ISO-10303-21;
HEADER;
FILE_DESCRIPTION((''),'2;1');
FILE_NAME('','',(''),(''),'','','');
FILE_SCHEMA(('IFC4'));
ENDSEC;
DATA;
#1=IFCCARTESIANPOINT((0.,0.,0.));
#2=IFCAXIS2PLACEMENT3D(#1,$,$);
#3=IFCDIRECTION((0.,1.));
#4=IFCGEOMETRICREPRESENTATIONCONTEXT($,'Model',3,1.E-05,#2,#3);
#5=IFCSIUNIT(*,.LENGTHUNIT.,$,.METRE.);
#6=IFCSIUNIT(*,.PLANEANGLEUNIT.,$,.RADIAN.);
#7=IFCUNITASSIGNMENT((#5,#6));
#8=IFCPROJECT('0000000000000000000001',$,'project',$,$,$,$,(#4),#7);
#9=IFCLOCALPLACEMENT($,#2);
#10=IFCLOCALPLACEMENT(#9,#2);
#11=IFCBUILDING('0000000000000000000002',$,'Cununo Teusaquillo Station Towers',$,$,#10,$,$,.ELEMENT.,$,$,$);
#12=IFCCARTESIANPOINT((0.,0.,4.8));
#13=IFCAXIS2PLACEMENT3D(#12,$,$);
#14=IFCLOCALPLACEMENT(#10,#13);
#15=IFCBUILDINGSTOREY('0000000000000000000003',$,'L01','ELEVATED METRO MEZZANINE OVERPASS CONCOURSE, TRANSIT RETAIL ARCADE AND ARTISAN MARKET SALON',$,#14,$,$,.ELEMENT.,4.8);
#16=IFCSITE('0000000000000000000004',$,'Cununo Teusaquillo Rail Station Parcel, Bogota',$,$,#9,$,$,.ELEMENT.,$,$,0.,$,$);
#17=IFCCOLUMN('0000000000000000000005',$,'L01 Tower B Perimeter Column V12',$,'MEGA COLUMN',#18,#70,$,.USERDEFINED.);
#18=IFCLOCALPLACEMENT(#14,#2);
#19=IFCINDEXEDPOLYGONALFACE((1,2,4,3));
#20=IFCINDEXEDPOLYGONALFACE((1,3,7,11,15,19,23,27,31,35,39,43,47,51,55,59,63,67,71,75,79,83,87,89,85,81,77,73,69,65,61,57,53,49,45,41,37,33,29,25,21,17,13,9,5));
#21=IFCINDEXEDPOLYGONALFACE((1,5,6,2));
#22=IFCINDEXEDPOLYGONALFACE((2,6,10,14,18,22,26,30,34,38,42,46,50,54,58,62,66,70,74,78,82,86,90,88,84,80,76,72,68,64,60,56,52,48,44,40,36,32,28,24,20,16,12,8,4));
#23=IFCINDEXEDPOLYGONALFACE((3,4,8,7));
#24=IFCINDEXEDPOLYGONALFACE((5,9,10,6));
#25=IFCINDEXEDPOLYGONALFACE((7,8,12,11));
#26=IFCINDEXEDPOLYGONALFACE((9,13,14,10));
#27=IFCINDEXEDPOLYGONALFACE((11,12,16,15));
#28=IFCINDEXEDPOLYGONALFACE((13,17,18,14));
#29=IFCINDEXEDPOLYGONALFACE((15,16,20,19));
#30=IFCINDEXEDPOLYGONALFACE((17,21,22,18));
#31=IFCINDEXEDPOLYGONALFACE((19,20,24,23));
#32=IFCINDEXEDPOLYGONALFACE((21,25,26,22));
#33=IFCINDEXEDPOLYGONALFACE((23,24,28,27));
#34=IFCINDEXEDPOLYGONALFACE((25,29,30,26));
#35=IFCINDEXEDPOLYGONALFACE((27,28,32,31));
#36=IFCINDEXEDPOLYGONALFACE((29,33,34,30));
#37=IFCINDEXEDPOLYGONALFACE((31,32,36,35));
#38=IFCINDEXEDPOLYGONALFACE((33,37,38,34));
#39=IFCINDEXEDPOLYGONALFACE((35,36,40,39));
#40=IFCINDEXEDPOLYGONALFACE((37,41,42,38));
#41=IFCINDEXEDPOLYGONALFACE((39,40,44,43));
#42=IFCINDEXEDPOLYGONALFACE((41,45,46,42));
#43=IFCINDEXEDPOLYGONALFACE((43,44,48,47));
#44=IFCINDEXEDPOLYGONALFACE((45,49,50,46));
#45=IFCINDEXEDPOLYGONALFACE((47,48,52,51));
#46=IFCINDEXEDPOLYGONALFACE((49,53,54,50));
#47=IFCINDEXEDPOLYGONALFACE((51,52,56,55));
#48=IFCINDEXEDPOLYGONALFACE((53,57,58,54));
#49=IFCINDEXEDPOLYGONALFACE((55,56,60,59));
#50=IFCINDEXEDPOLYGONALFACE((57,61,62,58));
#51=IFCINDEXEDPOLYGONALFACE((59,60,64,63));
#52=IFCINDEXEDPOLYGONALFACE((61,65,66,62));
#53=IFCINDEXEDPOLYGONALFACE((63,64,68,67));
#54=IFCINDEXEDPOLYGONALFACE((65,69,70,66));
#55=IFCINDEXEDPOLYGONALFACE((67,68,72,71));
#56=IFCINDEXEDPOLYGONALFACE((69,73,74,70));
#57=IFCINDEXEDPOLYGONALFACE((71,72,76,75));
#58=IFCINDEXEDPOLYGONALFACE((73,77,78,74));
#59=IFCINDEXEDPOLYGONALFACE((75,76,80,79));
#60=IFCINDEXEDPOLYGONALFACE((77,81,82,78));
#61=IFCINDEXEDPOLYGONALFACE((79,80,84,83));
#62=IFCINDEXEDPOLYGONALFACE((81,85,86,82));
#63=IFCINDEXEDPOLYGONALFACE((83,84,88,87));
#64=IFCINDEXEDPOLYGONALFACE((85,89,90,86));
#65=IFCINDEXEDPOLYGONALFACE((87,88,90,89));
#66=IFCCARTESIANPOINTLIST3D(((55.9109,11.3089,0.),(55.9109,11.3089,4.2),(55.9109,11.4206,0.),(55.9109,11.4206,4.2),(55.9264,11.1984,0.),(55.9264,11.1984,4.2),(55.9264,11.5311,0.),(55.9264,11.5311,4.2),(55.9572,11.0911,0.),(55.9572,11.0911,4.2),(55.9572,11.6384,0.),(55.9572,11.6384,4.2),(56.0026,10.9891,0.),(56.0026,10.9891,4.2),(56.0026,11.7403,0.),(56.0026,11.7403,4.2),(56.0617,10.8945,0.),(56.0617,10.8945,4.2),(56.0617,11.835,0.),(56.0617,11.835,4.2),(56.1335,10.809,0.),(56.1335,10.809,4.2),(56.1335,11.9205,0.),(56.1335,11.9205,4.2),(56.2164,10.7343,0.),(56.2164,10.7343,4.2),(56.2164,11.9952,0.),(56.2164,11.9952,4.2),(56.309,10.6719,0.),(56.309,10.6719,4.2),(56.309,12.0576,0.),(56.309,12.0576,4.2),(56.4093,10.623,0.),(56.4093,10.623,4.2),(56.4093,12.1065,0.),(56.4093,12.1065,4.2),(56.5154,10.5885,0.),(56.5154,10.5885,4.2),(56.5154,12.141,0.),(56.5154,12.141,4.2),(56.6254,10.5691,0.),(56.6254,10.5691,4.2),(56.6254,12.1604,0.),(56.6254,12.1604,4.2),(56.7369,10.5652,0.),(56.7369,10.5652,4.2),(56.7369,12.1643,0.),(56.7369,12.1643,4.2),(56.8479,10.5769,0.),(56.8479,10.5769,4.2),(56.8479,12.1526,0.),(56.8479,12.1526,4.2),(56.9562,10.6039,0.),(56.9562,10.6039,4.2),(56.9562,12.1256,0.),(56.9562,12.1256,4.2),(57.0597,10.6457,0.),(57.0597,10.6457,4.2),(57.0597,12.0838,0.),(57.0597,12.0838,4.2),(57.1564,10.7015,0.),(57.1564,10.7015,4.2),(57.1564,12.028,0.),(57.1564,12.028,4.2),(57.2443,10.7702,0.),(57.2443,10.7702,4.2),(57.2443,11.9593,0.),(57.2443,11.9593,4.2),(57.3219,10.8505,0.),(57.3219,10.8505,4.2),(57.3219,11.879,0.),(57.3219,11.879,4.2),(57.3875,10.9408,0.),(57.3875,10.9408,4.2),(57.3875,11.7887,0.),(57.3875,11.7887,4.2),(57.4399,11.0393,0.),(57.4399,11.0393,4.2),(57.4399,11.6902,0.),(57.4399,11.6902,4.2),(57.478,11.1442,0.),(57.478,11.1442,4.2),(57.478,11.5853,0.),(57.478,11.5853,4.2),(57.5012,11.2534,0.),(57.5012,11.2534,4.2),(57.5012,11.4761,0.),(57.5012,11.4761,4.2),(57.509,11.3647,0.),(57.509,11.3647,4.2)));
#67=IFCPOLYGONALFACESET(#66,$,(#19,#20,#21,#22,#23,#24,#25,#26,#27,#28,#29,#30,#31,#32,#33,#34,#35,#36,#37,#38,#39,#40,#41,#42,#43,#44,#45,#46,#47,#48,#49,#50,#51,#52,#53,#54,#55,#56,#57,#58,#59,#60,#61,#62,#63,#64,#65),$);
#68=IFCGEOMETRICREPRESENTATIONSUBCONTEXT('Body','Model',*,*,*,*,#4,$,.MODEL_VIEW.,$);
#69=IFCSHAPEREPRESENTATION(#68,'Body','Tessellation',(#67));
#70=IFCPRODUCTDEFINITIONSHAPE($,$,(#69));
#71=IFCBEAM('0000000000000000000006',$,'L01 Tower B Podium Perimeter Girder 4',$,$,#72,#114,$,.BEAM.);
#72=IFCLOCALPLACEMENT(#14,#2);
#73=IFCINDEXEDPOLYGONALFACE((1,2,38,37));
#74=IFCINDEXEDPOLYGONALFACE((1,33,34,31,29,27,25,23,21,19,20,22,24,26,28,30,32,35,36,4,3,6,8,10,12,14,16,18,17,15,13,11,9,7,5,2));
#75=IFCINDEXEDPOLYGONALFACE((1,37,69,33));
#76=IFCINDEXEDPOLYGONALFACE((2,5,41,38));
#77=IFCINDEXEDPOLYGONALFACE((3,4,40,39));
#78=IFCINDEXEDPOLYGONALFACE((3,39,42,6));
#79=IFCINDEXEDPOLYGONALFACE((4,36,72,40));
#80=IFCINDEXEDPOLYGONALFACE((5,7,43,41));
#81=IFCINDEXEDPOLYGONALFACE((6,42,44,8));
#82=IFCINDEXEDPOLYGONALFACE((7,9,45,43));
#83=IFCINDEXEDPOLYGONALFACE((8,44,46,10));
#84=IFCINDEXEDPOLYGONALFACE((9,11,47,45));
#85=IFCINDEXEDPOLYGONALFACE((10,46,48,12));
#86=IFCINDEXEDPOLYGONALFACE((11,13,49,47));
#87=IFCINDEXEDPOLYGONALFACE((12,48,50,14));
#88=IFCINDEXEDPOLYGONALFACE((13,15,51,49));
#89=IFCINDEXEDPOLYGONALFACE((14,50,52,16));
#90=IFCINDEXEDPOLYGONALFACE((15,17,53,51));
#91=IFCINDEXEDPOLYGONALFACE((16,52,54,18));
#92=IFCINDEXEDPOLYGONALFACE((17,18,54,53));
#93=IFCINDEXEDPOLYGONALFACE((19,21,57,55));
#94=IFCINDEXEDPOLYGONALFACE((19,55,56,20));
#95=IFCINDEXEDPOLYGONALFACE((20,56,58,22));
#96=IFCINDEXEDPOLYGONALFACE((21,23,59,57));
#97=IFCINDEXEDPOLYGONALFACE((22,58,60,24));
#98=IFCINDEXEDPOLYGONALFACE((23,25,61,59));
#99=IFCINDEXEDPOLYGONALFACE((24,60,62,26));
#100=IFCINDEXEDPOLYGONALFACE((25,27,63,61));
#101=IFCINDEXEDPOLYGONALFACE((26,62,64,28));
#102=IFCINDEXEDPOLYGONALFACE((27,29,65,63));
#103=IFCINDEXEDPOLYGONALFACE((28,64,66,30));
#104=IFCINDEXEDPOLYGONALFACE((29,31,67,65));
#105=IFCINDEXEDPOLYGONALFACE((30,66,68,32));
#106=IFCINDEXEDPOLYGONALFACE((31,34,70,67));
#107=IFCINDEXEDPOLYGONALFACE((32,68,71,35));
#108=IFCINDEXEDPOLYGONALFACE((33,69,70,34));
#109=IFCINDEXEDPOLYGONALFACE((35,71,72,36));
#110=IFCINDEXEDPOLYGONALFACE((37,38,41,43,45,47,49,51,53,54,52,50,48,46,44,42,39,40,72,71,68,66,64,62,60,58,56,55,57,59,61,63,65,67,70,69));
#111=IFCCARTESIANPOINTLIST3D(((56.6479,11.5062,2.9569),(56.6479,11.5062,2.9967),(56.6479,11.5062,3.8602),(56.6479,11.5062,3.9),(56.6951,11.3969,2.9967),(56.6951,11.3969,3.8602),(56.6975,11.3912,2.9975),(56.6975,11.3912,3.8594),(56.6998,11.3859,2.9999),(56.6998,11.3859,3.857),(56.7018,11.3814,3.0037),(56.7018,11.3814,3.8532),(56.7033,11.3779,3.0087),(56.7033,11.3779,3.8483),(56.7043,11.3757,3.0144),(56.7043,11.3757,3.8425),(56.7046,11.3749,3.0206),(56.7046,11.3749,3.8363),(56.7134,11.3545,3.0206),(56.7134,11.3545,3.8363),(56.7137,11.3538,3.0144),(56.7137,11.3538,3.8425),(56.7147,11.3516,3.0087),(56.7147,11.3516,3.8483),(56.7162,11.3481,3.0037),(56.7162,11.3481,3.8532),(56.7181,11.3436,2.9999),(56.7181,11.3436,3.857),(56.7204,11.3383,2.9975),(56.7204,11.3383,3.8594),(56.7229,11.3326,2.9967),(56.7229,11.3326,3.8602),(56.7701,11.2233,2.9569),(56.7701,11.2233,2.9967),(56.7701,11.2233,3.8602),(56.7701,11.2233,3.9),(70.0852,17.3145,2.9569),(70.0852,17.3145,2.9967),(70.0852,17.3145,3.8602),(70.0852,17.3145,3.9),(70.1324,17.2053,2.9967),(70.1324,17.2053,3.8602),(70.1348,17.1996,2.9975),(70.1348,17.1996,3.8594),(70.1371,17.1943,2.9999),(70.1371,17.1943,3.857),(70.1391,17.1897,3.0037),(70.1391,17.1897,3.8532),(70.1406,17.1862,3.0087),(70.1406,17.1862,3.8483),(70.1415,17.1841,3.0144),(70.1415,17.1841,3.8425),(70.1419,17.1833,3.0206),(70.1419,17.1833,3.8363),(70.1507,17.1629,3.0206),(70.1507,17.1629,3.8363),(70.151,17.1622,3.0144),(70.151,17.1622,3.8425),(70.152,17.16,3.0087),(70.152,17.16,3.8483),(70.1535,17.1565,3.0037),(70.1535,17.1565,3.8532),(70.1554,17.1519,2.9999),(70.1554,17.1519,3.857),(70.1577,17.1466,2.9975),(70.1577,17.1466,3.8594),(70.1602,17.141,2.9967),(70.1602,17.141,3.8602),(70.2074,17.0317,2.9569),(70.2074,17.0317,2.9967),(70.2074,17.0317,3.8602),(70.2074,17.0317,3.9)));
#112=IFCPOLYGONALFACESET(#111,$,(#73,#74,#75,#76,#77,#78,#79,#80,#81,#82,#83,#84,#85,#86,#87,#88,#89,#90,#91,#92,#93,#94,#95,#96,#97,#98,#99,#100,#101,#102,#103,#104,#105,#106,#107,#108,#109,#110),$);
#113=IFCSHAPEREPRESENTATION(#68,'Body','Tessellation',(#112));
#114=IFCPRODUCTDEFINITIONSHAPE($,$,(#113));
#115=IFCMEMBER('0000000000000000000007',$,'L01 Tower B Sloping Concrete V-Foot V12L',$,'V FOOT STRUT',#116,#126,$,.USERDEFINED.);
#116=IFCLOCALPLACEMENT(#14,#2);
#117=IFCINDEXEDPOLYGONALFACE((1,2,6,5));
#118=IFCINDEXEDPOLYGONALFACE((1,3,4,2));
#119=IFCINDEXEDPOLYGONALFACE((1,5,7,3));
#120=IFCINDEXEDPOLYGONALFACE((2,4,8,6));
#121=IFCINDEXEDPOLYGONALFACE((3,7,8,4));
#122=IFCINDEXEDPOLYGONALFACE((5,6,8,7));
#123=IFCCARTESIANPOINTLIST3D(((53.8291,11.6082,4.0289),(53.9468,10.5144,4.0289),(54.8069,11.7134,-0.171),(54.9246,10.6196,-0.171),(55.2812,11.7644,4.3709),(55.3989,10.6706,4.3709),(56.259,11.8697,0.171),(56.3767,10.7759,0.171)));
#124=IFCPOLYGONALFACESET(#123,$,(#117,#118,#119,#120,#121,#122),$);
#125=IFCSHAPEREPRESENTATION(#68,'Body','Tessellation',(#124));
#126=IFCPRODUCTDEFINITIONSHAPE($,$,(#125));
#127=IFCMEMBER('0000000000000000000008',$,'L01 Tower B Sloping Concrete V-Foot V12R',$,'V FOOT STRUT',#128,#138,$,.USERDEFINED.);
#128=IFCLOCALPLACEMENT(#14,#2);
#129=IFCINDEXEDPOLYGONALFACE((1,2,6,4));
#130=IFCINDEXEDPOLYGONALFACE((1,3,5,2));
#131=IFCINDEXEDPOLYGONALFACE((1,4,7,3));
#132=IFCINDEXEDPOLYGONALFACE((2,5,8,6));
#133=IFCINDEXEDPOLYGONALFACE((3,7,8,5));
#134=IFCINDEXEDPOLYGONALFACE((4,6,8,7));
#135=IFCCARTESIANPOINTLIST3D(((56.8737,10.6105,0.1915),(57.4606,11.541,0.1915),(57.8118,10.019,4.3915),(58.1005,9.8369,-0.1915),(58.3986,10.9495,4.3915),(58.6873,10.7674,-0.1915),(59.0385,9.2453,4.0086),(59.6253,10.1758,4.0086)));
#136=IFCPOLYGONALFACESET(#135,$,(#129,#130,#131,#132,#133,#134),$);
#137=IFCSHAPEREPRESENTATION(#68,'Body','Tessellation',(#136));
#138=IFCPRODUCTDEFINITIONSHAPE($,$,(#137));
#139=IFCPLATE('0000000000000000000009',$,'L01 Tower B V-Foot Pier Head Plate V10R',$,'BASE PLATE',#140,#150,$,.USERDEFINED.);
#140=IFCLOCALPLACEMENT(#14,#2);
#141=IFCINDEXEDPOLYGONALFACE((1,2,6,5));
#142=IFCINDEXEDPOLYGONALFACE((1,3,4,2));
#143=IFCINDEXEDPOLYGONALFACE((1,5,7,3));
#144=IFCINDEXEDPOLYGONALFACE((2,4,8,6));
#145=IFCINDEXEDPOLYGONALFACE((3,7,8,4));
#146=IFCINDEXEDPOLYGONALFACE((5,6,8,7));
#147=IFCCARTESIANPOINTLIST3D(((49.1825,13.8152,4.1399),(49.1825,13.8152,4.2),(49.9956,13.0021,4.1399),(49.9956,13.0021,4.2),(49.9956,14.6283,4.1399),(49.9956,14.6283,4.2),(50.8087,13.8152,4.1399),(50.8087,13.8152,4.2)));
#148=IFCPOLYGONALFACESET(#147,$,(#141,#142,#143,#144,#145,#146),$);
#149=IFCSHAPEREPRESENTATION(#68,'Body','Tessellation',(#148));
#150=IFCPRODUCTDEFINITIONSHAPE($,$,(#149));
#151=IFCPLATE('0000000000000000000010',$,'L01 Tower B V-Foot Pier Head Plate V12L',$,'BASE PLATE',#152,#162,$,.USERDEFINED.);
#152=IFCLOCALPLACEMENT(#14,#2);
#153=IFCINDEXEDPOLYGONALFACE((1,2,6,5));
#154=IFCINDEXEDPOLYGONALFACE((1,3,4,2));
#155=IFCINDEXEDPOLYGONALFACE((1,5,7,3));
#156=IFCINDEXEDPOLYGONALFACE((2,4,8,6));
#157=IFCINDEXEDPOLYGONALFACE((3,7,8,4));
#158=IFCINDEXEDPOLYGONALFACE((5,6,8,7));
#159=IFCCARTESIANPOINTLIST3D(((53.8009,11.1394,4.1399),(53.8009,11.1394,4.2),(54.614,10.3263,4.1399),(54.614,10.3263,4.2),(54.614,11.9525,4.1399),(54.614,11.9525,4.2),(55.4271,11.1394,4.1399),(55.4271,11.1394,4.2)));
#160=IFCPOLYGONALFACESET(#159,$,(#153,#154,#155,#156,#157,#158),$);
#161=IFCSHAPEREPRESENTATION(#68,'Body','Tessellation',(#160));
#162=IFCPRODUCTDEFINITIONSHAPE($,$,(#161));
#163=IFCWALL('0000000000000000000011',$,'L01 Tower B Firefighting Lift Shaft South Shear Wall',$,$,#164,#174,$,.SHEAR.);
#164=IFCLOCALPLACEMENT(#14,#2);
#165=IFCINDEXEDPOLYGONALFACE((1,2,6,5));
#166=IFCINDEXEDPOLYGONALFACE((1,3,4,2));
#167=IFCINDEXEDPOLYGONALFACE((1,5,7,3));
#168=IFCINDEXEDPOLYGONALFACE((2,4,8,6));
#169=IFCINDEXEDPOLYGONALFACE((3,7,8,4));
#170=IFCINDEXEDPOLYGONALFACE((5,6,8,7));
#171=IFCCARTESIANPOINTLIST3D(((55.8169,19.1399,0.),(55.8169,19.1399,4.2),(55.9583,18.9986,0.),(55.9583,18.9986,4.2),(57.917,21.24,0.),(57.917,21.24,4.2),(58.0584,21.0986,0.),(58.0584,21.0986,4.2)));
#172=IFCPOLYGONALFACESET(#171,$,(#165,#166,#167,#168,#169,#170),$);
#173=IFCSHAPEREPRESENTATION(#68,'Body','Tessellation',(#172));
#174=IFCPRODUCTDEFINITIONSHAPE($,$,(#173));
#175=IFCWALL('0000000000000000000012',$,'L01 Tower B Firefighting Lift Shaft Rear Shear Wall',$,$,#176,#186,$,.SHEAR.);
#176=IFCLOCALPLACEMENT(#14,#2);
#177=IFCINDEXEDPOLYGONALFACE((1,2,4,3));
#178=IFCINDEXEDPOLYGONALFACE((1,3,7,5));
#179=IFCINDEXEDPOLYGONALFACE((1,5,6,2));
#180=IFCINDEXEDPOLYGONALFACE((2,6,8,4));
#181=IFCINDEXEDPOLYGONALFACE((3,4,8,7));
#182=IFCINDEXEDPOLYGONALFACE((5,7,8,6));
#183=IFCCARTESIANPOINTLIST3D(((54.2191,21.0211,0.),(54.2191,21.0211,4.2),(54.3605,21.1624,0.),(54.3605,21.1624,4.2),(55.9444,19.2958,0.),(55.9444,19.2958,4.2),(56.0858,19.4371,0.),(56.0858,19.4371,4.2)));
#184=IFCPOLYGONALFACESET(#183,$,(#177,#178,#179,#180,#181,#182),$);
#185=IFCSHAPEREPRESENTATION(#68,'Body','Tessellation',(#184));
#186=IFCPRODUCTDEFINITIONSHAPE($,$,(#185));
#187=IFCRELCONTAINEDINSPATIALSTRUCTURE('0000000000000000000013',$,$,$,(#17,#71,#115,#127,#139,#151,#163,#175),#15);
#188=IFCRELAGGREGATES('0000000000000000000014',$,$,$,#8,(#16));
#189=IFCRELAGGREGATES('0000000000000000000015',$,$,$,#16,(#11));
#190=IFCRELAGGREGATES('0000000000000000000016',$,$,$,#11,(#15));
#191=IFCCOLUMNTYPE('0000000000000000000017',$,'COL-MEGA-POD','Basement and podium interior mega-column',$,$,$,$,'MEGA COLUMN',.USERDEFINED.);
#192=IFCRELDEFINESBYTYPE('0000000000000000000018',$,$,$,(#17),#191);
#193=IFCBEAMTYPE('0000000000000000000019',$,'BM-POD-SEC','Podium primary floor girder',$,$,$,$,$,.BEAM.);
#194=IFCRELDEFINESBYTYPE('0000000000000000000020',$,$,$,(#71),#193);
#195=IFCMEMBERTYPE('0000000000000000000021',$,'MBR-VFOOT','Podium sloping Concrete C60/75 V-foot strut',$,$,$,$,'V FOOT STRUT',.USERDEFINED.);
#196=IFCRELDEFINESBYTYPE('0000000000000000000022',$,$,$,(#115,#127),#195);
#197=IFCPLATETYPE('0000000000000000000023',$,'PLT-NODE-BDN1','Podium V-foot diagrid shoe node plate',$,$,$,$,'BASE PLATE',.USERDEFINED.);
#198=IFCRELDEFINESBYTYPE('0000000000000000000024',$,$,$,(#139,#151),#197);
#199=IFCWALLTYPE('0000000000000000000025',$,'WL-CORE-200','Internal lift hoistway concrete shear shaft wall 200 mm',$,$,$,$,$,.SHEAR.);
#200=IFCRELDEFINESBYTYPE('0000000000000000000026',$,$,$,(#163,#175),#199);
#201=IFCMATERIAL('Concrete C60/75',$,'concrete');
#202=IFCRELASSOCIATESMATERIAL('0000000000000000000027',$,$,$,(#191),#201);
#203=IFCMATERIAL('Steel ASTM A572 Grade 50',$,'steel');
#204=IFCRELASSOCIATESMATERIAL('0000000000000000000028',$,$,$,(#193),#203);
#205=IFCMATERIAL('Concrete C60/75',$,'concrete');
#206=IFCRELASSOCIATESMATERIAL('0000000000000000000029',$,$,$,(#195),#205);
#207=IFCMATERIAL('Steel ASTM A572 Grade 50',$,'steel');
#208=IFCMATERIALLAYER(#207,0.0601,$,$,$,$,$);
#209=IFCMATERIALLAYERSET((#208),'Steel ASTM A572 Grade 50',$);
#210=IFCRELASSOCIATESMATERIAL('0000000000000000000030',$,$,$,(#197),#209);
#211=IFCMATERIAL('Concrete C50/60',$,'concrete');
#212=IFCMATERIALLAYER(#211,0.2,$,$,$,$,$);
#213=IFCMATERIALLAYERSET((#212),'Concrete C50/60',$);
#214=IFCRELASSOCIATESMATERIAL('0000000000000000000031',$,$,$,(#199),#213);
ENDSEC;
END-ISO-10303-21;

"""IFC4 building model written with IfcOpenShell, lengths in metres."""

from ifc_helpers import new_model, si_unit, direction, frame, frame_2d, origin, origin_2d, place, context, subcontext, project, spatial, rectangle, circle, i_section, extrude, source, transform, mapped, material, layer, layer_set, material_profile, profile_set, type_object, element, save


model = new_model("IFC4")

# Units and contexts
model_context = context("Model", 3, precision=1e-05, world=origin(), true_north=direction((0.0, 1.0)))
body_context = subcontext(model_context, "Body", "Model", "MODEL_VIEW")
ifc_project = project(units=[si_unit("LENGTHUNIT", "METRE"), si_unit("PLANEANGLEUNIT", "RADIAN")], contexts=[model_context])

# Site, building, storey
site_placement = place(None, origin())
site = spatial("IfcSite", under=ifc_project, at=site_placement, Name="Cununo Teusaquillo Rail Station Parcel, Bogota", CompositionType="ELEMENT", RefElevation=0.0)
building_placement = place(site_placement, origin())
building = spatial("IfcBuilding", under=site, at=building_placement, Name="Cununo Teusaquillo Station Towers", CompositionType="ELEMENT")
storey_placement = place(building_placement, frame((0.0, 0.0, 4.8)))
storey = spatial("IfcBuildingStorey", under=building, at=storey_placement, Name="L01", Description="ELEVATED METRO MEZZANINE OVERPASS CONCOURSE, TRANSIT RETAIL ARCADE AND ARTISAN MARKET SALON", CompositionType="ELEMENT", Elevation=4.8)

# Column
ifc_material_1 = material(Name="Concrete C60/75", Category="concrete")
ifc_material_profile_1 = material_profile(ifc_material_1, circle(Radius=0.8, at=origin_2d()), Name="RC-CIRC-1600")
ifc_profile_set_1 = profile_set([ifc_material_profile_1], Name="Concrete C60/75")
column_type = type_object("IfcColumnType", Name="COL-MEGA-POD", Description="Basement and podium interior mega-column", ElementType="MEGA COLUMN", PredefinedType="USERDEFINED", material=ifc_profile_set_1)
column_placement = place(storey_placement, frame((56.709, 11.3647, 0.0), z_axis=(0.0, 0.0, 1.0), x_axis=(1.0, 0.0, 0.0)))
element("IfcColumn", 1, at=column_placement, inside=storey, type_object=column_type, Name="L01 Tower B Perimeter Column V12", ObjectType="MEGA COLUMN", PredefinedType="USERDEFINED", context=body_context, shape_type="SweptSolid", body=[
    extrude(circle(Radius=0.8, at=origin_2d()), origin(), (0.0, 0.0, 1.0), 4.2),
])

# Beam
ifc_material_2 = material(Name="Steel ASTM A572 Grade 50", Category="steel")
ifc_material_profile_2 = material_profile(ifc_material_2, i_section(OverallWidth=0.3081, OverallDepth=0.9431, WebThickness=0.0222, FlangeThickness=0.0398, FilletRadius=0.0239, at=origin_2d()), Name="W36X232")
ifc_profile_set_2 = profile_set([ifc_material_profile_2], Name="Steel ASTM A572 Grade 50")
beam_type = type_object("IfcBeamType", Name="BM-POD-SEC", Description="Podium primary floor girder", PredefinedType="BEAM", material=ifc_profile_set_2)
beam_placement = place(storey_placement, frame((56.709, 11.3647, 3.4285), z_axis=(0.917916, 0.396776, 0.0), x_axis=(-0.396776, 0.917916, 0.0)))
element("IfcBeam", 2, at=beam_placement, inside=storey, type_object=beam_type, Name="L01 Tower B Podium Perimeter Girder 4", PredefinedType="BEAM", context=body_context, shape_type="SweptSolid", body=[
    extrude(i_section(OverallWidth=0.3081, OverallDepth=0.9431, WebThickness=0.0222, FlangeThickness=0.0398, FilletRadius=0.0239, at=origin_2d()), origin(), (0.0, 0.0, 1.0), 14.6389),
])

# Members
ifc_material_3 = material(Name="Concrete C60/75", Category="concrete")
ifc_material_profile_3 = material_profile(ifc_material_3, rectangle(XDim=1.1001, YDim=1.5, at=origin_2d()), Name="RC-RECT-1500x1100")
ifc_profile_set_3 = profile_set([ifc_material_profile_3], Name="Concrete C60/75")
member_type = type_object("IfcMemberType", Name="MBR-VFOOT", Description="Podium sloping Concrete C60/75 V-foot strut", ElementType="V FOOT STRUT", PredefinedType="USERDEFINED", material=ifc_profile_set_3)
member_1_placement = place(storey_placement, frame((55.5918, 11.2446, 0.0), z_axis=(-0.226677, -0.024394, 0.973664), x_axis=(0.106998, -0.994259, 0.0)))
element("IfcMember", 3, at=member_1_placement, inside=storey, type_object=member_type, Name="L01 Tower B Sloping Concrete V-Foot V12L", ObjectType="V FOOT STRUT", PredefinedType="USERDEFINED", context=body_context, shape_type="SweptSolid", body=[
    extrude(rectangle(XDim=1.1001, YDim=1.5, at=origin_2d()), origin(), (0.0, 0.0, 1.0), 4.3135),
])
member_2_placement = place(storey_placement, frame((57.7805, 10.689, 0.0), z_axis=(0.215933, -0.136181, 0.966865), x_axis=(0.533438, 0.845839, 0.0)))
element("IfcMember", 4, at=member_2_placement, inside=storey, type_object=member_type, Name="L01 Tower B Sloping Concrete V-Foot V12R", ObjectType="V FOOT STRUT", PredefinedType="USERDEFINED", context=body_context, shape_type="SweptSolid", body=[
    extrude(rectangle(XDim=1.1001, YDim=1.5, at=origin_2d()), origin(), (0.0, 0.0, 1.0), 4.344),
])

# Plates
ifc_material_4 = material(Name="Steel ASTM A572 Grade 50", Category="steel")
ifc_layer_1 = layer(ifc_material_4, 0.0601)
ifc_layer_set_1 = layer_set([ifc_layer_1], Name="Steel ASTM A572 Grade 50")
plate_type = type_object("IfcPlateType", Name="PLT-NODE-BDN1", Description="Podium V-foot diagrid shoe node plate", ElementType="BASE PLATE", PredefinedType="USERDEFINED", material=ifc_layer_set_1)
shared_shape_1 = source(origin(), body_context, "Body", "SweptSolid", [
    extrude(rectangle(XDim=1.1499, YDim=1.1499, at=origin_2d()), origin(), (0.0, 0.0, 1.0), 0.0601),
])
for number, where, z_axis, x_axis, name in (
    (5, (49.9956, 13.8152, 4.1399), (0.0, 0.0, 1.0), (0.707107, 0.707107, 0.0), "L01 Tower B V-Foot Pier Head Plate V10R"),
    (6, (54.614, 11.1394, 4.1399), (0.0, 0.0, 1.0), (0.707107, 0.707107, 0.0), "L01 Tower B V-Foot Pier Head Plate V12L"),
):
    element("IfcPlate", number, at=place(storey_placement, frame(where, z_axis=z_axis, x_axis=x_axis)), inside=storey, type_object=plate_type, Name=name, ObjectType="BASE PLATE", PredefinedType="USERDEFINED", context=body_context, shape_type="MappedRepresentation", body=[
        mapped(shared_shape_1, transform((0.0, 0.0, 0.0), x_axis=(1.0, 0.0, 0.0), y_axis=(0.0, 1.0, 0.0), z_axis=(0.0, 0.0, 1.0), scale=1.0)),
    ])

# Walls
ifc_material_5 = material(Name="Concrete C50/60", Category="concrete")
ifc_layer_2 = layer(ifc_material_5, 0.2)
ifc_layer_set_2 = layer_set([ifc_layer_2], Name="Concrete C50/60")
wall_type_1 = type_object("IfcWallType", Name="WL-CORE-200", Description="Internal lift hoistway concrete shear shaft wall 200 mm", PredefinedType="SHEAR", material=ifc_layer_set_2)
wall_1_placement = place(storey_placement, frame((55.8877, 19.0693, 0.0), z_axis=(0.0, 0.0, 1.0), x_axis=(0.707107, 0.707107, 0.0)))
element("IfcWall", 7, at=wall_1_placement, inside=storey, type_object=wall_type_1, Name="L01 Tower B Firefighting Lift Shaft South Shear Wall", PredefinedType="SHEAR", context=body_context, shape_type="SweptSolid", body=[
    extrude(rectangle(XDim=2.97, YDim=0.2, at=frame_2d((1.4849, 0.0))), origin(), (0.0, 0.0, 1.0), 4.2),
])
wall_2_placement = place(storey_placement, frame((56.0151, 19.3665, 0.0), z_axis=(0.0, 0.0, 1.0), x_axis=(-0.707107, 0.707107, 0.0)))
element("IfcWall", 8, at=wall_2_placement, inside=storey, type_object=wall_type_1, Name="L01 Tower B Firefighting Lift Shaft Rear Shear Wall", PredefinedType="SHEAR", context=body_context, shape_type="SweptSolid", body=[
    extrude(rectangle(XDim=2.4399, YDim=0.2, at=frame_2d((1.22, 0.0))), origin(), (0.0, 0.0, 1.0), 4.2),
])

save(model, "model.ifc")
